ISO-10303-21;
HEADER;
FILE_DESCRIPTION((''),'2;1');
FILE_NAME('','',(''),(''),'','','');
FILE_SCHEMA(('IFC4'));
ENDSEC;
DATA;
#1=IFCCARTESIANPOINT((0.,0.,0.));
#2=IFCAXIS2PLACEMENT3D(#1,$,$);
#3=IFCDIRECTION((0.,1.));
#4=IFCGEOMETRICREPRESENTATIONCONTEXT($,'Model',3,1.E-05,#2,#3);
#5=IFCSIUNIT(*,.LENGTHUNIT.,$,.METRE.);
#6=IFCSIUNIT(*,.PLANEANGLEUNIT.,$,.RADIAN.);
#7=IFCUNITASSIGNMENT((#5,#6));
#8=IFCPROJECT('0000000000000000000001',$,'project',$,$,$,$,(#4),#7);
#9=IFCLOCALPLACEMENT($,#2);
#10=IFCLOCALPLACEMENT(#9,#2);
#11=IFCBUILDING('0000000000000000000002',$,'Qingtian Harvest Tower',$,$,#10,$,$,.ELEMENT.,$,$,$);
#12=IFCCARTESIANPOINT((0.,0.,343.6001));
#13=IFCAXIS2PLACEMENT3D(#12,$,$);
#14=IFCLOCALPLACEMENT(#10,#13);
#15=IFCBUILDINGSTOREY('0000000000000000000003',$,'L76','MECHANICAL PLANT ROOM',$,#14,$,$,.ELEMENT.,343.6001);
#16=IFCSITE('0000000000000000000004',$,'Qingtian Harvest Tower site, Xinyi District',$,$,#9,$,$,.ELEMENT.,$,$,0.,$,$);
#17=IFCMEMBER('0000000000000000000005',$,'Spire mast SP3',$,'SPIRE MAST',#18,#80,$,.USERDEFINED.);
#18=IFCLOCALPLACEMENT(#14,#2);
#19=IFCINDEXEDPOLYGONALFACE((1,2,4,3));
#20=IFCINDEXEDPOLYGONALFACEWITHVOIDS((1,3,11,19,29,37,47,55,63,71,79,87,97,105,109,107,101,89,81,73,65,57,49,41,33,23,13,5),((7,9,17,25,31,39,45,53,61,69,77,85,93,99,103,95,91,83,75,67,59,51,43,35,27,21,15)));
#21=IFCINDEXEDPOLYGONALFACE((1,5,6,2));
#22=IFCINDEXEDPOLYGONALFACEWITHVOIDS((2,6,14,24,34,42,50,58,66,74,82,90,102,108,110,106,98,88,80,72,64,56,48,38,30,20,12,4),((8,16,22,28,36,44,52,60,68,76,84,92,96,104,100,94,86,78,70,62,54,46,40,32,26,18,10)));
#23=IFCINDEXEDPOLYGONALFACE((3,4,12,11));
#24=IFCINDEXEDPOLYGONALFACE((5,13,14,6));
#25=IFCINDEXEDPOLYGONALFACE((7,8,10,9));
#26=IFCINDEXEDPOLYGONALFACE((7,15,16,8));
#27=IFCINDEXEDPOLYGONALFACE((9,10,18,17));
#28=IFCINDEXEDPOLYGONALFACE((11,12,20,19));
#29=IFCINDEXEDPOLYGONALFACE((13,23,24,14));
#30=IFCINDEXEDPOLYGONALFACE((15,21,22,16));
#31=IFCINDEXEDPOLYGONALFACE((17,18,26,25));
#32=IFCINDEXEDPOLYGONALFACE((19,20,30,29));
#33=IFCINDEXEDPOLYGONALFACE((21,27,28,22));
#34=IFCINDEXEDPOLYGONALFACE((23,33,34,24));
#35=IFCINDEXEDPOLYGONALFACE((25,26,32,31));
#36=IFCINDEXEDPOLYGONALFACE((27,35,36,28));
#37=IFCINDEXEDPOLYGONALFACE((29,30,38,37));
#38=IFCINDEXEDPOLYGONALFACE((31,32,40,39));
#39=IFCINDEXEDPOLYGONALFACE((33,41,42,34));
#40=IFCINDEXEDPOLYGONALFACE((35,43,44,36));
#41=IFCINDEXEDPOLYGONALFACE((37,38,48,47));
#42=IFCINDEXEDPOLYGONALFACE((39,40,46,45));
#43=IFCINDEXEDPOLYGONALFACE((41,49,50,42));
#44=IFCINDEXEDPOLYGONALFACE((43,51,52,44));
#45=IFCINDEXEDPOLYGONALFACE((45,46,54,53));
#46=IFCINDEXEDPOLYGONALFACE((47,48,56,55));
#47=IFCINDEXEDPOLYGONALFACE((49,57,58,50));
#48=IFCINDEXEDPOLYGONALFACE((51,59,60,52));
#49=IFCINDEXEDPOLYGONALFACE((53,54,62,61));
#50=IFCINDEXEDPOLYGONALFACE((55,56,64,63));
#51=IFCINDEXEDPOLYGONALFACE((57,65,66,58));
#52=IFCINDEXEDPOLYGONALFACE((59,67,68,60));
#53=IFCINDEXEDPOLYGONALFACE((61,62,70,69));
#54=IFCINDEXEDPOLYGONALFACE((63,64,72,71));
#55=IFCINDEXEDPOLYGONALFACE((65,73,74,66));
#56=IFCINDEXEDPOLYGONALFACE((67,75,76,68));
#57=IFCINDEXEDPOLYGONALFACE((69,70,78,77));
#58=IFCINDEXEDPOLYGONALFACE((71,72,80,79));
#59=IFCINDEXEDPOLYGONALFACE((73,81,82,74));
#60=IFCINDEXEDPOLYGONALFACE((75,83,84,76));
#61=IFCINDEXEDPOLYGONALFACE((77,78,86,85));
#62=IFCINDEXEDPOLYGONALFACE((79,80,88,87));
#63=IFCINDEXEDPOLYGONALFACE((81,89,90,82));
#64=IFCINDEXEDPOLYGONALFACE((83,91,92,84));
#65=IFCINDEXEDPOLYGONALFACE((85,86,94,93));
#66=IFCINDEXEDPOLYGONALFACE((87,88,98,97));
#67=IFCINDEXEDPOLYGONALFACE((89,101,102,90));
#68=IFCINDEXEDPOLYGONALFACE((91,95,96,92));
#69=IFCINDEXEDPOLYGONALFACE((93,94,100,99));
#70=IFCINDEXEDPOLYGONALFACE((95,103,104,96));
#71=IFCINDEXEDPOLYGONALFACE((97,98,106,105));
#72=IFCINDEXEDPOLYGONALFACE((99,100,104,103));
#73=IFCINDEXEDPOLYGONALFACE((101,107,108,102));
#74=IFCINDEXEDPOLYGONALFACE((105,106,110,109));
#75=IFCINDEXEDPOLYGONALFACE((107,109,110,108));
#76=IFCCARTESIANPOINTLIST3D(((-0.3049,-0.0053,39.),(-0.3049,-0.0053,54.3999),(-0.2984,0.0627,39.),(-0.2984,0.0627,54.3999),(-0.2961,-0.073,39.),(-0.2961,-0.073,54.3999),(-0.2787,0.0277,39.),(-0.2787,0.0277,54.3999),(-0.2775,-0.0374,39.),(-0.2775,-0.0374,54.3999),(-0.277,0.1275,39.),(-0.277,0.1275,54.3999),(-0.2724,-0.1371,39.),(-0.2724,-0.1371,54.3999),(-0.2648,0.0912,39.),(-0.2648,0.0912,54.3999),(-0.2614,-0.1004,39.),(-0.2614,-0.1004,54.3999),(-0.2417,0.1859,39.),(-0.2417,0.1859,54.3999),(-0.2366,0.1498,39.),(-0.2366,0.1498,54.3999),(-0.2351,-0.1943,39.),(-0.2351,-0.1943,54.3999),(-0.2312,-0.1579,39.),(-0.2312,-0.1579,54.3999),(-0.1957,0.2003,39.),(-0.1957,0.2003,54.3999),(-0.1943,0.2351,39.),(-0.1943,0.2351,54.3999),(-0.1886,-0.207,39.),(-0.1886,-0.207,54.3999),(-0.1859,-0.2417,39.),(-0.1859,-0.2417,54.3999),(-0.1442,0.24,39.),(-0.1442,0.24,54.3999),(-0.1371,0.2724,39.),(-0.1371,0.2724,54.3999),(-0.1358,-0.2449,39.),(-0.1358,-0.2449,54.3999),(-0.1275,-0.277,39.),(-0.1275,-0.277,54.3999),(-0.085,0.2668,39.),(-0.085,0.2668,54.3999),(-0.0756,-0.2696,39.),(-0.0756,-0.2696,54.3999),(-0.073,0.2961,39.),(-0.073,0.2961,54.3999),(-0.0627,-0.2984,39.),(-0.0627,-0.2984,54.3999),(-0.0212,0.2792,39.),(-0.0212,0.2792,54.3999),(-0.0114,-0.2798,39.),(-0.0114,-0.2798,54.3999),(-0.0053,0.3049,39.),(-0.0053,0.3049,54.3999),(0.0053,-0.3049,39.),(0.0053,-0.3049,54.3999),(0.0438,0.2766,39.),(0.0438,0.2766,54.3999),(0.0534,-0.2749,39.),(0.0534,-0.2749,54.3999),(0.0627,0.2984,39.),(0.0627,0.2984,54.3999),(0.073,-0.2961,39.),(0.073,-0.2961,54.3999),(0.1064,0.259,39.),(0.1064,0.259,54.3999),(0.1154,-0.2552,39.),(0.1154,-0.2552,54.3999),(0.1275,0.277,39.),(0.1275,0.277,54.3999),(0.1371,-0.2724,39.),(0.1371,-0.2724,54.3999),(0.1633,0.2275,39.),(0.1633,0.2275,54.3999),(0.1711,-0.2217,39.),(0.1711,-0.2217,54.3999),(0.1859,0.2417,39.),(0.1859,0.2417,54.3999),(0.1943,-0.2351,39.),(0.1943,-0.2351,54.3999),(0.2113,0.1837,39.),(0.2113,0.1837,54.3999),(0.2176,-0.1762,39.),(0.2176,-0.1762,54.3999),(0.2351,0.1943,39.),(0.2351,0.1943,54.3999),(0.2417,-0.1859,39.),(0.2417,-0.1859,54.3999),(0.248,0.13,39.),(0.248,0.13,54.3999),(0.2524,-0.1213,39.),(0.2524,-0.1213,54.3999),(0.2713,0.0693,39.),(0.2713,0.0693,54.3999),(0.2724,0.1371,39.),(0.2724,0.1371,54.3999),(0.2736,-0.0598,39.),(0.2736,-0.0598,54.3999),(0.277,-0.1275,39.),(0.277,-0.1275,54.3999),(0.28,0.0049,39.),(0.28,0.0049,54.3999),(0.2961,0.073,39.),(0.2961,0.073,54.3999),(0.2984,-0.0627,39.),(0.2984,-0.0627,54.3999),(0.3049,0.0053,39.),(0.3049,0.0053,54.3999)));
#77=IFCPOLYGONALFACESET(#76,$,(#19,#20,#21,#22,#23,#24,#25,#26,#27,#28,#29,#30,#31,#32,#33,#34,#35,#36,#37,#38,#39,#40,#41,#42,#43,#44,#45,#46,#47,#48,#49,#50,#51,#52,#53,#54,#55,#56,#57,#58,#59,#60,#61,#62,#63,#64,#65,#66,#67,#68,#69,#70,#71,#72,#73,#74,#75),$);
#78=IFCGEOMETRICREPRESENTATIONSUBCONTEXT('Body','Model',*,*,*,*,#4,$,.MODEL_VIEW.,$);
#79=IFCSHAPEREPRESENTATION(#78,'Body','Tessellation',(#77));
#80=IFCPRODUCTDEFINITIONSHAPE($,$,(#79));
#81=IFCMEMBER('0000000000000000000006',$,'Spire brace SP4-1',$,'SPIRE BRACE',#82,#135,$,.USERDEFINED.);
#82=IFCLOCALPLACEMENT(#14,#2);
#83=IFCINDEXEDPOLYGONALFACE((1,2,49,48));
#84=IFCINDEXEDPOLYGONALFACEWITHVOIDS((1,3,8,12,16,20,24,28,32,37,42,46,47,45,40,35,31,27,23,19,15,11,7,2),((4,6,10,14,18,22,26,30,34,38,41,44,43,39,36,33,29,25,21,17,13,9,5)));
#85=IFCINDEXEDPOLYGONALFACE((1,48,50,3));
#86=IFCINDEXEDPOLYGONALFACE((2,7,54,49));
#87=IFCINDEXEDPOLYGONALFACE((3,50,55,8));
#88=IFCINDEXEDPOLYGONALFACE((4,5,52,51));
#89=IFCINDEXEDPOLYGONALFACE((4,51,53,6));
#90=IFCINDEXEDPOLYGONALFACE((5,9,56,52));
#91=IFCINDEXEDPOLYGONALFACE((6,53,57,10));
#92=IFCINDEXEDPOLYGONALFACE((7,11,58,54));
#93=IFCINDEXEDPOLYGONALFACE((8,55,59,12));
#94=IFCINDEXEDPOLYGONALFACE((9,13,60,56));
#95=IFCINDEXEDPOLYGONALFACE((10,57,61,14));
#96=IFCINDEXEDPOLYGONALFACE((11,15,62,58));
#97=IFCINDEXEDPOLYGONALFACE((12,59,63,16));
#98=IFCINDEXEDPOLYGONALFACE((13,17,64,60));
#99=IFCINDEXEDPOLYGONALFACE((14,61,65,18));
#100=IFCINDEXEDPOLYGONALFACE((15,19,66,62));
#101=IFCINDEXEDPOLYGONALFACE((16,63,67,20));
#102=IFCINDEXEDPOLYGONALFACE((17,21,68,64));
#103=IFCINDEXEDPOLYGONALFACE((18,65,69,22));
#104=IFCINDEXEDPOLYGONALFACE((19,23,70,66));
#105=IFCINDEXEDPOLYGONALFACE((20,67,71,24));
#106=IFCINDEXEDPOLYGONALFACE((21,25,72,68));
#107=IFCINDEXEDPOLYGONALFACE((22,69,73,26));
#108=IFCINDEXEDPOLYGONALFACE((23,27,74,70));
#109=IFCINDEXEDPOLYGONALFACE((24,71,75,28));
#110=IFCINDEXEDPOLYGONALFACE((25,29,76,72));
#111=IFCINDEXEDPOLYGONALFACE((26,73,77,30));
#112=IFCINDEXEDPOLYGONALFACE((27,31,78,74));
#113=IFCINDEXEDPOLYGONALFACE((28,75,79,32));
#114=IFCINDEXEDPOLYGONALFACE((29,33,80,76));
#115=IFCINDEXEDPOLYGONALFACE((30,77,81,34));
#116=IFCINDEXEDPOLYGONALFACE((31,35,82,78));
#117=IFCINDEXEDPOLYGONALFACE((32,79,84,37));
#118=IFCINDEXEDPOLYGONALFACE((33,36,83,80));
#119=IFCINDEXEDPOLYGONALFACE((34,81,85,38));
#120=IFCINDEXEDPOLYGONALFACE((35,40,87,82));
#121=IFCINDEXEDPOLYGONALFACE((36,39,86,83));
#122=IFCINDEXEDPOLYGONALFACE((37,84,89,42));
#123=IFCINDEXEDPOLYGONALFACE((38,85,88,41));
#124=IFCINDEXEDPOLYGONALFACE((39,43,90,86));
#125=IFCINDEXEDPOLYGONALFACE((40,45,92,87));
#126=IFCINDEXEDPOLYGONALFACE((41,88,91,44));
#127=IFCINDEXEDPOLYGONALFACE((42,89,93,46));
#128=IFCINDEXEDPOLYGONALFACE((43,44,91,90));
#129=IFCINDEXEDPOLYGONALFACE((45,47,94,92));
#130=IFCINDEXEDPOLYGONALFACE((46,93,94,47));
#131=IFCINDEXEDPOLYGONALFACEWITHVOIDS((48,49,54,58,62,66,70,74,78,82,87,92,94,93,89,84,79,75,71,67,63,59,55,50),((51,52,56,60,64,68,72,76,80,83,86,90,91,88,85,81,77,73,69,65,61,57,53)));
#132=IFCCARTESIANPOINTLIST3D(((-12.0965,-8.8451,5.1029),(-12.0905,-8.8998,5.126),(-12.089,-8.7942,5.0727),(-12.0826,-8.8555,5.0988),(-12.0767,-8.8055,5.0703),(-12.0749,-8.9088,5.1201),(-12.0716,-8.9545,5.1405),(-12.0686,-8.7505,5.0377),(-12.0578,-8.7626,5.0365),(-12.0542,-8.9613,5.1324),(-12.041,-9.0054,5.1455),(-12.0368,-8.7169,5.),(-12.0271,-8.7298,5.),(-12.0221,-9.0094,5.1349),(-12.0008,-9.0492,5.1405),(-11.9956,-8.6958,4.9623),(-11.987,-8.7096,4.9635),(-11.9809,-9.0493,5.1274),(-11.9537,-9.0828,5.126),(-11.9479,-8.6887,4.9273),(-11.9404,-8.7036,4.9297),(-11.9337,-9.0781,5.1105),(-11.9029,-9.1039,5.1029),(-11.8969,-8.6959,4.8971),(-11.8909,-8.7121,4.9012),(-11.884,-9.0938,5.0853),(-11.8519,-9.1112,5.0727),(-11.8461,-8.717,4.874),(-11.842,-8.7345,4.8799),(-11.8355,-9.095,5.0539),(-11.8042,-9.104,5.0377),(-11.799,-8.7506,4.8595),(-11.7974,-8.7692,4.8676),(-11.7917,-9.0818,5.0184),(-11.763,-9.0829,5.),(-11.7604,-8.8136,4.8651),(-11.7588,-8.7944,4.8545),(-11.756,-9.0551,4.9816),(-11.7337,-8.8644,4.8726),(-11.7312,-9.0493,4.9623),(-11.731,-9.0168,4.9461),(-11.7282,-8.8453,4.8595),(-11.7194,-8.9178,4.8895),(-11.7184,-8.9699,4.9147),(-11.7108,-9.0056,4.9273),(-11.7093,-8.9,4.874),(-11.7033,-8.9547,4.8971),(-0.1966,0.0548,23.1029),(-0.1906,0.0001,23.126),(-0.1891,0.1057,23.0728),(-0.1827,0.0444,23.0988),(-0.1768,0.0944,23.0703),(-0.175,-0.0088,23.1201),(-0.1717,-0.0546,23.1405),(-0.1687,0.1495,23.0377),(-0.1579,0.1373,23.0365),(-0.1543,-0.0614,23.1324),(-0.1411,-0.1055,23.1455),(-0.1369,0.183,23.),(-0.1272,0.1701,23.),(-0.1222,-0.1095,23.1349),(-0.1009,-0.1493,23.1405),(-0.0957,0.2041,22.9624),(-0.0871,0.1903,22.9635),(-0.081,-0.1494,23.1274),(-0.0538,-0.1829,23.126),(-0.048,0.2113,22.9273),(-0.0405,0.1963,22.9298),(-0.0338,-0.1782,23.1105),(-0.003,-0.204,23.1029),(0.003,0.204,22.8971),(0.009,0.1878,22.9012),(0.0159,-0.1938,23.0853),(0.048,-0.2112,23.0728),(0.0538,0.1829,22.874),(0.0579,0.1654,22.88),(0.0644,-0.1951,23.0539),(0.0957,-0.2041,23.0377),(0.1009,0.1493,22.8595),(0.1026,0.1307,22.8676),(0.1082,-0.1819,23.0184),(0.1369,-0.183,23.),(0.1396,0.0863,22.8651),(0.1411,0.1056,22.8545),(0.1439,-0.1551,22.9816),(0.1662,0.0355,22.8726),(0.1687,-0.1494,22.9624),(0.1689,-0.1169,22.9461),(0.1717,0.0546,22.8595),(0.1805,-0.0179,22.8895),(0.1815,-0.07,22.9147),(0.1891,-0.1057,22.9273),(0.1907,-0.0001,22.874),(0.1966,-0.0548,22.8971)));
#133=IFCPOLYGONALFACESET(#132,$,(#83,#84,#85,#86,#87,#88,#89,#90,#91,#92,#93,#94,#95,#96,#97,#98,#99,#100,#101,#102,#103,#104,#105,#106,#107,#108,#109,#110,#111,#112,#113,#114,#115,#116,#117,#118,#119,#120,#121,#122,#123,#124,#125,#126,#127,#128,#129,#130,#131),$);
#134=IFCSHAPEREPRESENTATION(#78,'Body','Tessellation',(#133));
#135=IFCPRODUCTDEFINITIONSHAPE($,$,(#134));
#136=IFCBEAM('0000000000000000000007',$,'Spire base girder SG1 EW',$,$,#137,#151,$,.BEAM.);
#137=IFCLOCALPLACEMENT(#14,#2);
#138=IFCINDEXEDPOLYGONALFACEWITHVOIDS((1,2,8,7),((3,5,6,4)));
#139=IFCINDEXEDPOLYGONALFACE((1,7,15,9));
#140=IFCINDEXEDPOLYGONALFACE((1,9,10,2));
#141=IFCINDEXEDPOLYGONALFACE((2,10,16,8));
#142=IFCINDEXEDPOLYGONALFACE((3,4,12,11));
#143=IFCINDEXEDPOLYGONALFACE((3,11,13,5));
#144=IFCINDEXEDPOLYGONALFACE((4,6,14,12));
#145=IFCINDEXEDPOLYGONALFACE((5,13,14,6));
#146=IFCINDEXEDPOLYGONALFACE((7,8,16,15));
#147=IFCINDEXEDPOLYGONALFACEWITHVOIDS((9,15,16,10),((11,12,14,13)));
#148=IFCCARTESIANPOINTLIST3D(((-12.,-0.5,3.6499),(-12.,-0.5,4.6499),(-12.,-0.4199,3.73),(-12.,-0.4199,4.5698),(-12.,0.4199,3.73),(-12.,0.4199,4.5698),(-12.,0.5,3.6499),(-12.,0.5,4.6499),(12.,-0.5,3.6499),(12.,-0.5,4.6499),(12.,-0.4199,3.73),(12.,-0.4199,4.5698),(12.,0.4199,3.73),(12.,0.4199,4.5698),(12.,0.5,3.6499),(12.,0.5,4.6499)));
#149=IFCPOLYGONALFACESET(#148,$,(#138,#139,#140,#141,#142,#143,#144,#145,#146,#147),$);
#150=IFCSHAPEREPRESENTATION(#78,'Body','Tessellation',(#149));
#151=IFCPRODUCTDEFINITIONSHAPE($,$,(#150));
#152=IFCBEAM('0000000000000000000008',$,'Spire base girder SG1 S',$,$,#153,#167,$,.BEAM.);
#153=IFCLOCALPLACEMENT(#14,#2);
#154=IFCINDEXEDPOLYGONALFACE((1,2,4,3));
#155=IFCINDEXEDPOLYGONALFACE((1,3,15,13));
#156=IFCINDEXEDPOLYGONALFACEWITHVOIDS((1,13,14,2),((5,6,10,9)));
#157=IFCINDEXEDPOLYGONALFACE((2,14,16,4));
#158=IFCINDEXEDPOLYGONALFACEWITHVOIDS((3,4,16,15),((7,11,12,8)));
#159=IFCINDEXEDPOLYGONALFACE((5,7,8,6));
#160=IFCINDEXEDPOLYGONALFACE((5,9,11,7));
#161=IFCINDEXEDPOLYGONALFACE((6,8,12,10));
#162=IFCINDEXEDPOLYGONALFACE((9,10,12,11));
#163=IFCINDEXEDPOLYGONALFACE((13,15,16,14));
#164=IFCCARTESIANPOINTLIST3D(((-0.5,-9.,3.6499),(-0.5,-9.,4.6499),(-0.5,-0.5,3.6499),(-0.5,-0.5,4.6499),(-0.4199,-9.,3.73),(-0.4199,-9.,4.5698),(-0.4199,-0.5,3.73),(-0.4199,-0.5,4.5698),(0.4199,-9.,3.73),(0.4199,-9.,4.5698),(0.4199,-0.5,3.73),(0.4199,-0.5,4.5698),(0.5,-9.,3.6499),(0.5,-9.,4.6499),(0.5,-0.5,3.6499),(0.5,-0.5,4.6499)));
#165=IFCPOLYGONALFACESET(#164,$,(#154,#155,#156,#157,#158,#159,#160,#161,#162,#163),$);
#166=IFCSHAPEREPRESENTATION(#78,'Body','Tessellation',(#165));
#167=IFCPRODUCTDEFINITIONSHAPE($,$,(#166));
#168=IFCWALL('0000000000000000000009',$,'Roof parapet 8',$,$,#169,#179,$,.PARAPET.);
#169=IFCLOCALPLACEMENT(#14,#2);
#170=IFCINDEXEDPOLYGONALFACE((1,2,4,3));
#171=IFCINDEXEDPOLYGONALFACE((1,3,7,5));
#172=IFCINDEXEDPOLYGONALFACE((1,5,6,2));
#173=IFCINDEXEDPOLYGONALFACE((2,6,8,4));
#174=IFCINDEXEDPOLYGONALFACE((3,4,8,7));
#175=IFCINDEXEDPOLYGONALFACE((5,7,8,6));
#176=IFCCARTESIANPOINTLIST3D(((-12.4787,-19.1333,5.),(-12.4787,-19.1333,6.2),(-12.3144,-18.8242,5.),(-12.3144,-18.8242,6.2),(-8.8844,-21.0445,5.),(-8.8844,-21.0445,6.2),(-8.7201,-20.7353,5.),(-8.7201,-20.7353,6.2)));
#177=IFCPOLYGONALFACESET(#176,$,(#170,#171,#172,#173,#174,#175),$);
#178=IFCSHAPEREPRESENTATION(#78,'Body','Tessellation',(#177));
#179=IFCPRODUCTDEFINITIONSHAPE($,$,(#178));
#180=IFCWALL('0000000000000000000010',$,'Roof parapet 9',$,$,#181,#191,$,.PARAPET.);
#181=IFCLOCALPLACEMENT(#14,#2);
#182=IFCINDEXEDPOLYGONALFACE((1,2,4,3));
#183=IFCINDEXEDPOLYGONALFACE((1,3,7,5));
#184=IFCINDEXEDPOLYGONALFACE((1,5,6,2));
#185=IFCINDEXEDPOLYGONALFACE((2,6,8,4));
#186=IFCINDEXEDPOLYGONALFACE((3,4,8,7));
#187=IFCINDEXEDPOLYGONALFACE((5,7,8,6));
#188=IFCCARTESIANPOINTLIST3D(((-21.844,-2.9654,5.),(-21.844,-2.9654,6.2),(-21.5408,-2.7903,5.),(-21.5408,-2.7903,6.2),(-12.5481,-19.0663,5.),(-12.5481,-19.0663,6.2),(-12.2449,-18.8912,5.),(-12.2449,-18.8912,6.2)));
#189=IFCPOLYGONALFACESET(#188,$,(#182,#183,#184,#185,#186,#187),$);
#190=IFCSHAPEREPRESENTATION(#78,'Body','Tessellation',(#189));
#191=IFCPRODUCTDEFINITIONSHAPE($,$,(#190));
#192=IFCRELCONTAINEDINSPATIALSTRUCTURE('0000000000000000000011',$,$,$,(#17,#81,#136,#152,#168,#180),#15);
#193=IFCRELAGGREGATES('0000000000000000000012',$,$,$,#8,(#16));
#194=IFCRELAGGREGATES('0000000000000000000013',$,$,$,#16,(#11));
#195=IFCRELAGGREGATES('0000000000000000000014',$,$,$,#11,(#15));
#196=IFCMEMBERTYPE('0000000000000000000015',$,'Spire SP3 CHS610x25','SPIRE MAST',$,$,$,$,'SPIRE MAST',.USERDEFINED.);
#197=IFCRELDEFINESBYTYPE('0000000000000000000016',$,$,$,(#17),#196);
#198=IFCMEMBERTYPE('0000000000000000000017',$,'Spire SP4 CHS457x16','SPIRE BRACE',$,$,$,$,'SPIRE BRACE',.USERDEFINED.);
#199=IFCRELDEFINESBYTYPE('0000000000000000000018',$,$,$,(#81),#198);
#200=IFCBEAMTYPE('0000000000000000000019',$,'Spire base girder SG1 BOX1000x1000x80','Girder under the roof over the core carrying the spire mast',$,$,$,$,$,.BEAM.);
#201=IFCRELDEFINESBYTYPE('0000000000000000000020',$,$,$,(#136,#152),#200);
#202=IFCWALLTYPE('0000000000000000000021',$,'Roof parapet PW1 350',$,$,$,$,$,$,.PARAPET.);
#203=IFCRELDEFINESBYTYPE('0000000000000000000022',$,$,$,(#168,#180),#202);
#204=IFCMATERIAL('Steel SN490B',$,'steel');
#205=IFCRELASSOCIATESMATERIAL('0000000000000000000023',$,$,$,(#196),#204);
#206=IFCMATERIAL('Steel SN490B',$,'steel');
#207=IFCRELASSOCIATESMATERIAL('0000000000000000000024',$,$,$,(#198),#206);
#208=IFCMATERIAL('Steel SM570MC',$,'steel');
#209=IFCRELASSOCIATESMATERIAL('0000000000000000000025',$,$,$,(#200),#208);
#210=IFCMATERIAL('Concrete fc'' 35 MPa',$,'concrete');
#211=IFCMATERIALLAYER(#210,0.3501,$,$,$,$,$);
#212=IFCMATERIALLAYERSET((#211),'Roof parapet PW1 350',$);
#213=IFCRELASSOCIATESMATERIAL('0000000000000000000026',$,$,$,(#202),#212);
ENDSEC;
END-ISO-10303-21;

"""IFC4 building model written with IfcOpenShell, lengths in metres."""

from ifc_helpers import new_model, si_unit, direction, frame, frame_2d, origin, origin_2d, place, context, subcontext, project, spatial, rectangle, hollow_rectangle, hollow_circle, extrude, material, layer, layer_set, material_profile, profile_set, type_object, element, save


model = new_model("IFC4")

# Units and contexts
model_context = context("Model", 3, precision=1e-05, world=origin(), true_north=direction((0.0, 1.0)))
body_context = subcontext(model_context, "Body", "Model", "MODEL_VIEW")
ifc_project = project(units=[si_unit("LENGTHUNIT", "METRE"), si_unit("PLANEANGLEUNIT", "RADIAN")], contexts=[model_context])

# Site, building, storey
site_placement = place(None, origin())
site = spatial("IfcSite", under=ifc_project, at=site_placement, Name="Qingtian Harvest Tower site, Xinyi District", CompositionType="ELEMENT", RefElevation=0.0)
building_placement = place(site_placement, origin())
building = spatial("IfcBuilding", under=site, at=building_placement, Name="Qingtian Harvest Tower", CompositionType="ELEMENT")
storey_placement = place(building_placement, frame((0.0, 0.0, 343.6001)))
storey = spatial("IfcBuildingStorey", under=building, at=storey_placement, Name="L76", Description="MECHANICAL PLANT ROOM", CompositionType="ELEMENT", Elevation=343.6001)

# Members
ifc_material_1 = material(Name="Steel SN490B", Category="steel")
ifc_material_profile_1 = material_profile(ifc_material_1, hollow_circle(Radius=0.3049, WallThickness=0.0249, at=frame_2d((0.0, 0.0), x_axis=(0.999848, 0.017452))), Name="CHS610x25")
ifc_profile_set_1 = profile_set([ifc_material_profile_1], Name="Steel SN490B")
member_type_1 = type_object("IfcMemberType", Name="Spire SP3 CHS610x25", Description="SPIRE MAST", ElementType="SPIRE MAST", PredefinedType="USERDEFINED", material=ifc_profile_set_1)
member_1_placement = place(storey_placement, frame((0.0, 0.0, 39.0), z_axis=(0.0, 0.0, 1.0), x_axis=(1.0, 0.0, 0.0)))
element("IfcMember", 1, at=member_1_placement, inside=storey, type_object=member_type_1, Name="Spire mast SP3", ObjectType="SPIRE MAST", PredefinedType="USERDEFINED", context=body_context, shape_type="SweptSolid", body=[
    extrude(hollow_circle(Radius=0.3049, WallThickness=0.0249, at=frame_2d((0.0, 0.0), x_axis=(0.999848, 0.017452))), origin(), (0.0, 0.0, 1.0), 15.3999),
])
ifc_material_2 = material(Name="Steel SN490B", Category="steel")
ifc_material_profile_2 = material_profile(ifc_material_2, hollow_circle(Radius=0.2285, WallThickness=0.0161, at=origin_2d()), Name="CHS457x16")
ifc_profile_set_2 = profile_set([ifc_material_profile_2], Name="Steel SN490B")
member_type_2 = type_object("IfcMemberType", Name="Spire SP4 CHS457x16", Description="SPIRE BRACE", ElementType="SPIRE BRACE", PredefinedType="USERDEFINED", material=ifc_profile_set_2)
member_2_placement = place(storey_placement, frame((-11.8999, -8.8999, 5.0), z_axis=(0.509822, 0.381294, 0.771166), x_axis=(-0.598922, 0.800808, 0.0)))
element("IfcMember", 2, at=member_2_placement, inside=storey, type_object=member_type_2, Name="Spire brace SP4-1", ObjectType="SPIRE BRACE", PredefinedType="USERDEFINED", context=body_context, shape_type="SweptSolid", body=[
    extrude(hollow_circle(Radius=0.2285, WallThickness=0.0161, at=origin_2d()), origin(), (0.0, 0.0, 1.0), 23.3413),
])

# Beams
ifc_material_3 = material(Name="Steel SM570MC", Category="steel")
ifc_material_profile_3 = material_profile(ifc_material_3, hollow_rectangle(XDim=1.0, YDim=1.0, WallThickness=0.0801, at=origin_2d()), Name="BOX1000x1000x80")
ifc_profile_set_3 = profile_set([ifc_material_profile_3], Name="Steel SM570MC")
beam_type_1 = type_object("IfcBeamType", Name="Spire base girder SG1 BOX1000x1000x80", Description="Girder under the roof over the core carrying the spire mast", PredefinedType="BEAM", material=ifc_profile_set_3)
beam_1_placement = place(storey_placement, frame((-12.0, 0.0, 4.1499), z_axis=(1.0, 0.0, 0.0), x_axis=(0.0, 1.0, 0.0)))
element("IfcBeam", 3, at=beam_1_placement, inside=storey, type_object=beam_type_1, Name="Spire base girder SG1 EW", PredefinedType="BEAM", context=body_context, shape_type="SweptSolid", body=[
    extrude(hollow_rectangle(XDim=1.0, YDim=1.0, WallThickness=0.0801, at=origin_2d()), origin(), (0.0, 0.0, 1.0), 24.0),
])
beam_2_placement = place(storey_placement, frame((0.0, -9.0, 4.1499), z_axis=(0.0, 1.0, 0.0), x_axis=(-1.0, 0.0, 0.0)))
element("IfcBeam", 4, at=beam_2_placement, inside=storey, type_object=beam_type_1, Name="Spire base girder SG1 S", PredefinedType="BEAM", context=body_context, shape_type="SweptSolid", body=[
    extrude(hollow_rectangle(XDim=1.0, YDim=1.0, WallThickness=0.0801, at=origin_2d()), origin(), (0.0, 0.0, 1.0), 8.5),
])

# Walls
ifc_material_4 = material(Name="Concrete fc' 35 MPa", Category="concrete")
ifc_layer = layer(ifc_material_4, 0.3501)
ifc_layer_set = layer_set([ifc_layer], Name="Roof parapet PW1 350")
wall_type = type_object("IfcWallType", Name="Roof parapet PW1 350", PredefinedType="PARAPET", material=ifc_layer_set)
wall_1_placement = place(storey_placement, frame((-8.8022, -20.8899, 5.0), z_axis=(0.0, 0.0, 1.0), x_axis=(-0.882943, 0.46948, 0.0)))
element("IfcWall", 5, at=wall_1_placement, inside=storey, type_object=wall_type, Name="Roof parapet 8", PredefinedType="PARAPET", context=body_context, shape_type="SweptSolid", body=[
    extrude(rectangle(XDim=4.0708, YDim=0.3501, at=frame_2d((2.0354, 0.0))), origin(), (0.0, 0.0, 1.0), 1.2),
])
wall_2_placement = place(storey_placement, frame((-12.3965, -18.9788, 5.0), z_axis=(0.0, 0.0, 1.0), x_axis=(-0.500003, 0.866024, 0.0)))
element("IfcWall", 6, at=wall_2_placement, inside=storey, type_object=wall_type, Name="Roof parapet 9", PredefinedType="PARAPET", context=body_context, shape_type="SweptSolid", body=[
    extrude(rectangle(XDim=18.5918, YDim=0.3501, at=frame_2d((9.2959, 0.0))), origin(), (0.0, 0.0, 1.0), 1.2),
])

save(model, "model.ifc")
